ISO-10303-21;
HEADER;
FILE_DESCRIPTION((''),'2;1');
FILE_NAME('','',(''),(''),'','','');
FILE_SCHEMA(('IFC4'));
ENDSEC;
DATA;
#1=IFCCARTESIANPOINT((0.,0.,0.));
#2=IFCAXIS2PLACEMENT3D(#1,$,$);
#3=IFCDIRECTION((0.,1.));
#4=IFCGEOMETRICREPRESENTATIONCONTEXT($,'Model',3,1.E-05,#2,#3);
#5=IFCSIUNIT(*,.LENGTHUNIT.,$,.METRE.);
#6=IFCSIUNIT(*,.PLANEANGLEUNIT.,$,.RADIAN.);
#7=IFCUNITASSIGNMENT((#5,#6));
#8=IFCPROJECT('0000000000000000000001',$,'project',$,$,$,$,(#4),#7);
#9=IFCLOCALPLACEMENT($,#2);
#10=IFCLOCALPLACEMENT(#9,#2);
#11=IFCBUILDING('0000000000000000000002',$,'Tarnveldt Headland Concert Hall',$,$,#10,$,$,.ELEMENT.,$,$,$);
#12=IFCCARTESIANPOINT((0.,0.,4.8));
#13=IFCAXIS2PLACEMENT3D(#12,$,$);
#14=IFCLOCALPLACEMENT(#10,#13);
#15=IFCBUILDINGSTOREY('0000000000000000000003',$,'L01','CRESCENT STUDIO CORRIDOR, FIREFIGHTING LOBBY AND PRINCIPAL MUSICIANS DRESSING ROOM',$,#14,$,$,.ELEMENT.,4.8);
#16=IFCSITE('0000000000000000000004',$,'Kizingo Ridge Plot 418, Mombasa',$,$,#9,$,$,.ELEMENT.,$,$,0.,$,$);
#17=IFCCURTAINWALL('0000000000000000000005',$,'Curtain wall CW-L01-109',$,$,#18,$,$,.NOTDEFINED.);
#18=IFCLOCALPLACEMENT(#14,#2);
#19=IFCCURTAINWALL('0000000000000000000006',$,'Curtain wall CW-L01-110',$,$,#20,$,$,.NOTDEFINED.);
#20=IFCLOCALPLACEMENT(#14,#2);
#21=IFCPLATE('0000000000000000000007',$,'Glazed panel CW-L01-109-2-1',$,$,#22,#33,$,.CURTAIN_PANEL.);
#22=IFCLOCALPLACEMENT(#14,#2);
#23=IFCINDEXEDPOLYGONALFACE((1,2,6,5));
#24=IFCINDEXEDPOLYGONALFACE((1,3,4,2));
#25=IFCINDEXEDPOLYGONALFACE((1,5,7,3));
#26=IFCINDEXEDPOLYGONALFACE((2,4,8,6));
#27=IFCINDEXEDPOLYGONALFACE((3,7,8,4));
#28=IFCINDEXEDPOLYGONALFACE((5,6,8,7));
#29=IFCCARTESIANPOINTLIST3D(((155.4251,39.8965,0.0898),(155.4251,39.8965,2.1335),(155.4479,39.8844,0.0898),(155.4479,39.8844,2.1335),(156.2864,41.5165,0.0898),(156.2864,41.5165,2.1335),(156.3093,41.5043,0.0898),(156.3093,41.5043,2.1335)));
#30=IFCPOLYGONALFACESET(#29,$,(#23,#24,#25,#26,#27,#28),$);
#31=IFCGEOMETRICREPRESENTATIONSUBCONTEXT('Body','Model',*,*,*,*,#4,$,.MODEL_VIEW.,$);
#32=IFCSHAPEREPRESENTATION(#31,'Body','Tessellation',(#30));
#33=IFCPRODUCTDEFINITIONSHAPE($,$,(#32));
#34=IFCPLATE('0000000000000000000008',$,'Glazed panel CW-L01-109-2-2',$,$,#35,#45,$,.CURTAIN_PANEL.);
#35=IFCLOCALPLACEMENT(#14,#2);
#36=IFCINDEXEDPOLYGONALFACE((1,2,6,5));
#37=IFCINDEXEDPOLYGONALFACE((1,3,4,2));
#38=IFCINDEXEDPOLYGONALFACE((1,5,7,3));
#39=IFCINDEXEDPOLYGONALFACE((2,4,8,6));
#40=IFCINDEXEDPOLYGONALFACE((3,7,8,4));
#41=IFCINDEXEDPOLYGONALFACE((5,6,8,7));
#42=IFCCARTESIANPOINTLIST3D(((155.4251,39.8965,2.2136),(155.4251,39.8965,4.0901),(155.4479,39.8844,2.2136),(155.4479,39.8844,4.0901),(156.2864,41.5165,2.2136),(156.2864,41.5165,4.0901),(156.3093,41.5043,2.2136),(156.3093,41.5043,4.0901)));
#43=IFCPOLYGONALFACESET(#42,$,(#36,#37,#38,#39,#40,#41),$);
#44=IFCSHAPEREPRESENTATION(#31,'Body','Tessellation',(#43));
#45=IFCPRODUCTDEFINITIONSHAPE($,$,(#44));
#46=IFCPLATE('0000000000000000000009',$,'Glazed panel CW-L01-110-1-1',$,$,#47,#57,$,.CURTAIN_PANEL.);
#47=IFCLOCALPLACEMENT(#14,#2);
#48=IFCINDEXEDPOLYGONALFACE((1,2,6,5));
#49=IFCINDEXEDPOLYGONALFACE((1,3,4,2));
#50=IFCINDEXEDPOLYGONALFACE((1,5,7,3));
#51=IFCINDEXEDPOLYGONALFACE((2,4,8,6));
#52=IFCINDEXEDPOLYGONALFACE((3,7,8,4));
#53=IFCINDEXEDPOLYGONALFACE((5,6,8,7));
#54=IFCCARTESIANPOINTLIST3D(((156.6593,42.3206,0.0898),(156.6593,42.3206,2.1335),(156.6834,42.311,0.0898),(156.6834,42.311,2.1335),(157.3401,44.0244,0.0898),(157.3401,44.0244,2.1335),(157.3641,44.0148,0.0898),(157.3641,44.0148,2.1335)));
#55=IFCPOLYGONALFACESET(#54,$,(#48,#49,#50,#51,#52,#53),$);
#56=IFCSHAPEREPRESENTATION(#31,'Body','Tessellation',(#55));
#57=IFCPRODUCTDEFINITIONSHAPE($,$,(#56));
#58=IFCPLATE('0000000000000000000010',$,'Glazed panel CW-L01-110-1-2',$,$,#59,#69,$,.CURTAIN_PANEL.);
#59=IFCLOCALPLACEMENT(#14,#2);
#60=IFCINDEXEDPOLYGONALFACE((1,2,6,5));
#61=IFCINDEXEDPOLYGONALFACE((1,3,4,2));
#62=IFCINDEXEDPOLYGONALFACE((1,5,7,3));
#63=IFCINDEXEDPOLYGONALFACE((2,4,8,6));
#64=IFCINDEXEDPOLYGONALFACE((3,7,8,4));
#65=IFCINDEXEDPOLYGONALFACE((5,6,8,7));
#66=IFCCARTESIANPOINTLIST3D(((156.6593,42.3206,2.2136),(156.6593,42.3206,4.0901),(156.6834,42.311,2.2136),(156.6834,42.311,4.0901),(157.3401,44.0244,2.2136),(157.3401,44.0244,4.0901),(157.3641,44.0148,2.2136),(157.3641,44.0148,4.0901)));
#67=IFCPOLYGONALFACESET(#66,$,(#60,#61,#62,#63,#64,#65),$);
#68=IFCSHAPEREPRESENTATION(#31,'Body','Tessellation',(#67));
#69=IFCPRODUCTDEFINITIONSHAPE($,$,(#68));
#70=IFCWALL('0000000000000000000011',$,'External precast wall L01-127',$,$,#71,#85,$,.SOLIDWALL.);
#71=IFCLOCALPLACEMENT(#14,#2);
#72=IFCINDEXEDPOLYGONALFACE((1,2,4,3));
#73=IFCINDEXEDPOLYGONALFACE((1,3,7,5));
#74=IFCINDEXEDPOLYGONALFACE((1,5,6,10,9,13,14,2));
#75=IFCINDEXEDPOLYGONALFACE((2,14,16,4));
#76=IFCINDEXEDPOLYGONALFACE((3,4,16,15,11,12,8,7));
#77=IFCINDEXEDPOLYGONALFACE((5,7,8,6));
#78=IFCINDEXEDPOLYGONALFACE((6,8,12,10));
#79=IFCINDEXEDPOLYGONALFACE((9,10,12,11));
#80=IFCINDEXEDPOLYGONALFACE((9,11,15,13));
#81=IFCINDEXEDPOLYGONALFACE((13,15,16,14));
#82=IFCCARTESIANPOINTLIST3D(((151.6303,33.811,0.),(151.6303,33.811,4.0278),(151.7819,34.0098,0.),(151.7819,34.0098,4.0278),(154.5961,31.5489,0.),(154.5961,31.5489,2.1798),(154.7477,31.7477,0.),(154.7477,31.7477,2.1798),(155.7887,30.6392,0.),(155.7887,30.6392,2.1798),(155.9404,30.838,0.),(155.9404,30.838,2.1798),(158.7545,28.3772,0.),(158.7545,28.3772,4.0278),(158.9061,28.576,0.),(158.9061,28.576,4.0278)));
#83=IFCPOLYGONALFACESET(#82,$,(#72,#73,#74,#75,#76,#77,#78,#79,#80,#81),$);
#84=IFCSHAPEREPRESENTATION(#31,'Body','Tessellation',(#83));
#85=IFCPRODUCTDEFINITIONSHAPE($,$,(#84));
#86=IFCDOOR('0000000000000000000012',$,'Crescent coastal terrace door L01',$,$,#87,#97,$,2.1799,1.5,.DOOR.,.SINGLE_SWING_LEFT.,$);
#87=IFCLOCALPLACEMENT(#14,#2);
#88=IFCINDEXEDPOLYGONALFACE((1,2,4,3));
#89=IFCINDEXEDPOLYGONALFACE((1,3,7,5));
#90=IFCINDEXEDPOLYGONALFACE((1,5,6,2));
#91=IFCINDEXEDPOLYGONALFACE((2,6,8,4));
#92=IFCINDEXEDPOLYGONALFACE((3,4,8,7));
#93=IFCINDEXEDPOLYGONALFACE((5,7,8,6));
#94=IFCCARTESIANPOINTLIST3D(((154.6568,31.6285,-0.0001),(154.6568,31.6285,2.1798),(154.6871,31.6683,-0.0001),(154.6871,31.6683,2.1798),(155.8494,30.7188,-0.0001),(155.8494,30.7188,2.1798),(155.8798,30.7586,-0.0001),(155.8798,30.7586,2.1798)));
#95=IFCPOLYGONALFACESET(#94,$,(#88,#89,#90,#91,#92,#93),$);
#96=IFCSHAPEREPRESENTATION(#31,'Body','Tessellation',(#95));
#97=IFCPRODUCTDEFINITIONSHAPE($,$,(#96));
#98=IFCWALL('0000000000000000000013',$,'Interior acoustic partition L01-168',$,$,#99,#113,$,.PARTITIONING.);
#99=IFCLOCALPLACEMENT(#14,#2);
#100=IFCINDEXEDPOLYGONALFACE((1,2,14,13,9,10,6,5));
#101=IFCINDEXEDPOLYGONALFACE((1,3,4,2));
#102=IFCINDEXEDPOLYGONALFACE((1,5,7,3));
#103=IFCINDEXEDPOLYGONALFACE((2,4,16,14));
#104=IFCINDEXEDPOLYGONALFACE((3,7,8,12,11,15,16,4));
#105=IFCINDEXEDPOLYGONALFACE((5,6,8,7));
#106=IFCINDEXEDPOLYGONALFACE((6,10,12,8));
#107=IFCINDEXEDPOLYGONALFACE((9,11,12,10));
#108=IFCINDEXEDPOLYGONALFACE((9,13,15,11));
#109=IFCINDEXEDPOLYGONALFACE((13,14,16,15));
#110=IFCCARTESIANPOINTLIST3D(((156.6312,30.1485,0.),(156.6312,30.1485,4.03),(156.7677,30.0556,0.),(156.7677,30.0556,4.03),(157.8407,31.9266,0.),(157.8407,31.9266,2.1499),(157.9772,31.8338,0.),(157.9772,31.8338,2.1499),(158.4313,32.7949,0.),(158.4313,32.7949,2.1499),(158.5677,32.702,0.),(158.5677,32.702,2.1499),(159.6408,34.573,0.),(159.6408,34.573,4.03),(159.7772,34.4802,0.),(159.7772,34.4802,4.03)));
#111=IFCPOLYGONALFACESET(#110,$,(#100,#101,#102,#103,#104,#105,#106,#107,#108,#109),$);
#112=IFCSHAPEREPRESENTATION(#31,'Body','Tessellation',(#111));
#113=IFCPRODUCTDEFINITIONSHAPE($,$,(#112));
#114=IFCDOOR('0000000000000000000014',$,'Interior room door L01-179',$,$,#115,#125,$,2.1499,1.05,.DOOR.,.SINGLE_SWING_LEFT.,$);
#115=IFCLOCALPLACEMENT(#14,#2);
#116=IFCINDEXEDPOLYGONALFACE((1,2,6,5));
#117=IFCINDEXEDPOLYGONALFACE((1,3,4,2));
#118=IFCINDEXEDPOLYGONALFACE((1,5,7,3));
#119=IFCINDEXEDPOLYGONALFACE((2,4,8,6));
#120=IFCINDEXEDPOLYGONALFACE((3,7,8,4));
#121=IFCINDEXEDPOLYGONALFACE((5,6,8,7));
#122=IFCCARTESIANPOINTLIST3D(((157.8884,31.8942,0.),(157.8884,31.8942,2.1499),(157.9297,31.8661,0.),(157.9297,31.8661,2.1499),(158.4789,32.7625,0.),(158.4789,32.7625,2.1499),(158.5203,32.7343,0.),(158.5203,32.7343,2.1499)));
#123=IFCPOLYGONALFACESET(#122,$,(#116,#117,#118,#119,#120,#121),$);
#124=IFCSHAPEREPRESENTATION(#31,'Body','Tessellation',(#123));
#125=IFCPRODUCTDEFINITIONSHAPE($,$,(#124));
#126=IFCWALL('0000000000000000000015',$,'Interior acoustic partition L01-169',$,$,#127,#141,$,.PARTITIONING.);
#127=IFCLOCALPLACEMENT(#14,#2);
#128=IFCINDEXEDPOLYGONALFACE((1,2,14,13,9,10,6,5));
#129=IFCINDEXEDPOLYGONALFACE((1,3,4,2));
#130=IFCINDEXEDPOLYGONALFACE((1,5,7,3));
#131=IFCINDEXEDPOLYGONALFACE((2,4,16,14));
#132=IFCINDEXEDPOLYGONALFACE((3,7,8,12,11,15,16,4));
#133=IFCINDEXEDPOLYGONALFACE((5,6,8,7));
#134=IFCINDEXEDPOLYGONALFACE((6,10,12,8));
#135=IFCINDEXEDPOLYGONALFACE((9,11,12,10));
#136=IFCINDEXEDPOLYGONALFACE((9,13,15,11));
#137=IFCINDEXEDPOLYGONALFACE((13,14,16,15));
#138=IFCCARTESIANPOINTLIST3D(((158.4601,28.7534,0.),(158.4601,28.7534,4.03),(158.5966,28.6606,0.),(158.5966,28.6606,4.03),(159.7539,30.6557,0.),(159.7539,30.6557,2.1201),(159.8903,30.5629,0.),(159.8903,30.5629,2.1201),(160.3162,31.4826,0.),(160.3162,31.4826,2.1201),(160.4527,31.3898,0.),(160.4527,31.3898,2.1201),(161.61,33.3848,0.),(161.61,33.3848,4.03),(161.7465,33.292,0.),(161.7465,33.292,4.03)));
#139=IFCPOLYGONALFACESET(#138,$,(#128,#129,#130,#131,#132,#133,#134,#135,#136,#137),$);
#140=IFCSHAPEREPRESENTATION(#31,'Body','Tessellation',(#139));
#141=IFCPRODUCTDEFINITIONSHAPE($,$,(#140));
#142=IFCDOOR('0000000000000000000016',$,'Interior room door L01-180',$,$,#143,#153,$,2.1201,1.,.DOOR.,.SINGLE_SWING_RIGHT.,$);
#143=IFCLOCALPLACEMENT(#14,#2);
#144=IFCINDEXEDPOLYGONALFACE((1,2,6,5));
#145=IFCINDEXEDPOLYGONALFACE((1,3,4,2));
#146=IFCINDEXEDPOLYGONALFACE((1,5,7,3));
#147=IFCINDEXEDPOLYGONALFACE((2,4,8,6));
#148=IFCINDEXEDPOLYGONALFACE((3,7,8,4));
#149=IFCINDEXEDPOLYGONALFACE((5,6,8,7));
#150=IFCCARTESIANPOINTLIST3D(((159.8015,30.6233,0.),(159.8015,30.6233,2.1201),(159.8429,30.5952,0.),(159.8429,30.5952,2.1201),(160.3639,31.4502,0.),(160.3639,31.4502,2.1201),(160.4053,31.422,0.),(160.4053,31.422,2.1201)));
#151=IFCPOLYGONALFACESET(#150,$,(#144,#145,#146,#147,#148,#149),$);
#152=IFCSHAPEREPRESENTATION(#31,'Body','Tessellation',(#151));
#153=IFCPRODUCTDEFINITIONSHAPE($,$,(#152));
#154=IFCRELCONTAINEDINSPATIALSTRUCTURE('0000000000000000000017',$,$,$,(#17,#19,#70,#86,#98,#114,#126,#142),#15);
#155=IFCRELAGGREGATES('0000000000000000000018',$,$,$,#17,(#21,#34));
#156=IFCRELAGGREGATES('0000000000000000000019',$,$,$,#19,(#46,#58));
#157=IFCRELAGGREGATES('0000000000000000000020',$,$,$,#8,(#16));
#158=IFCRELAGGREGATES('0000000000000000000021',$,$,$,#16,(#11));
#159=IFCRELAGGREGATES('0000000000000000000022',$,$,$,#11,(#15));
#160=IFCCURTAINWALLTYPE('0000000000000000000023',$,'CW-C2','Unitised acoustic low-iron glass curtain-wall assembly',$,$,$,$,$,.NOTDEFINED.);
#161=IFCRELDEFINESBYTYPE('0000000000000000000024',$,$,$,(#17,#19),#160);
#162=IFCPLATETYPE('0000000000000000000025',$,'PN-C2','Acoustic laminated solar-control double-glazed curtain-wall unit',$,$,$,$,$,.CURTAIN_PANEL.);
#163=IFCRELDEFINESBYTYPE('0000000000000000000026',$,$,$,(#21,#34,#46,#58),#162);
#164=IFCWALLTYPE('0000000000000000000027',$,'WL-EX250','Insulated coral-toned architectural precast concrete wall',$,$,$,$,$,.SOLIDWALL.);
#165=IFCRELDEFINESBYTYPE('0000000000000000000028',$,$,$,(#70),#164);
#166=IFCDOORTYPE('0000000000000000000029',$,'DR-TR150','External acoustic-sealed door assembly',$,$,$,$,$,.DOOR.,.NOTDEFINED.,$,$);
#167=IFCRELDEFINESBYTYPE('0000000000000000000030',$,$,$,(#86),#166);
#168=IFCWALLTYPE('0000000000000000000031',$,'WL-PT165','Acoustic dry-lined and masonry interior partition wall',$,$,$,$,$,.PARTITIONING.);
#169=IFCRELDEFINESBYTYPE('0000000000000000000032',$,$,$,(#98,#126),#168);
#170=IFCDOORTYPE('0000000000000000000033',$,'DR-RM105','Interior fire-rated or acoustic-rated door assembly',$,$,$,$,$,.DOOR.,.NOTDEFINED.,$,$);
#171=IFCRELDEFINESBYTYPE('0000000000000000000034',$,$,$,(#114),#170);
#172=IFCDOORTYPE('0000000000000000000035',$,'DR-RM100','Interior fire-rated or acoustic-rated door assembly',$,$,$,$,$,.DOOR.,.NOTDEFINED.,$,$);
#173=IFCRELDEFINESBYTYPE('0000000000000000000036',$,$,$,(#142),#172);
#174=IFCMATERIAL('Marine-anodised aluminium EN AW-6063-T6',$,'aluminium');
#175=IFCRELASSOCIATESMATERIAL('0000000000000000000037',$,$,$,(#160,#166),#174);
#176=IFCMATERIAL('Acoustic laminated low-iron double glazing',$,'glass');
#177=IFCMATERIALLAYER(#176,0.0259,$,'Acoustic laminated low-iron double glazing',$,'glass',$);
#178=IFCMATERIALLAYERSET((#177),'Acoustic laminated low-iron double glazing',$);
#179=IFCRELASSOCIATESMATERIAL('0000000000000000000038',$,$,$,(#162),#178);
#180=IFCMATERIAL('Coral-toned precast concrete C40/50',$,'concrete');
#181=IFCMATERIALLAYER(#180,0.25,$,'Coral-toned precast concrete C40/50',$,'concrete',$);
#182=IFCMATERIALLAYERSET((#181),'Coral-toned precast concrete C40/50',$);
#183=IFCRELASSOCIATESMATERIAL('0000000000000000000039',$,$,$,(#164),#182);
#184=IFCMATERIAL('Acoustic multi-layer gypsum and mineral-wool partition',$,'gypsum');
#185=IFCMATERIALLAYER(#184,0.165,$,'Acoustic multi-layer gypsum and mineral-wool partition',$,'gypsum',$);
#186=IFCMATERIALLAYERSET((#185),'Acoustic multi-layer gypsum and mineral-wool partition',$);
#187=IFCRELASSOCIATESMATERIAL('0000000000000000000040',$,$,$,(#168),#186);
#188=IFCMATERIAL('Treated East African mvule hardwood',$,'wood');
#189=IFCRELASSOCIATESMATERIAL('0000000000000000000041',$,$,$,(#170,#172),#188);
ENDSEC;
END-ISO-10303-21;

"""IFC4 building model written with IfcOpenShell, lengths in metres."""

from ifc_helpers import new_model, si_unit, direction, frame, frame_2d, origin, origin_2d, place, context, subcontext, project, spatial, rectangle, extrude, material, layer, layer_set, type_object, element, fill, aggregate, save


model = new_model("IFC4")

# Units and contexts
model_context = context("Model", 3, precision=1e-05, world=origin(), true_north=direction((0.0, 1.0)))
body_context = subcontext(model_context, "Body", "Model", "MODEL_VIEW")
ifc_project = project(units=[si_unit("LENGTHUNIT", "METRE"), si_unit("PLANEANGLEUNIT", "RADIAN")], contexts=[model_context])

# Site, building, storey
site_placement = place(None, origin())
site = spatial("IfcSite", under=ifc_project, at=site_placement, Name="Kizingo Ridge Plot 418, Mombasa", CompositionType="ELEMENT", RefElevation=0.0)
building_placement = place(site_placement, origin())
building = spatial("IfcBuilding", under=site, at=building_placement, Name="Tarnveldt Headland Concert Hall", CompositionType="ELEMENT")
storey_placement = place(building_placement, frame((0.0, 0.0, 4.8)))
storey = spatial("IfcBuildingStorey", under=building, at=storey_placement, Name="L01", Description="CRESCENT STUDIO CORRIDOR, FIREFIGHTING LOBBY AND PRINCIPAL MUSICIANS DRESSING ROOM", CompositionType="ELEMENT", Elevation=4.8)

# Curtain walls
ifc_material_1 = material(Name="Marine-anodised aluminium EN AW-6063-T6", Category="aluminium")
curtain_wall_type = type_object("IfcCurtainWallType", Name="CW-C2", Description="Unitised acoustic low-iron glass curtain-wall assembly", PredefinedType="NOTDEFINED", material=ifc_material_1)
curtain_wall_1_placement = place(storey_placement, origin())
curtain_wall_1 = element("IfcCurtainWall", 1, at=curtain_wall_1_placement, inside=storey, type_object=curtain_wall_type, Name="Curtain wall CW-L01-109", PredefinedType="NOTDEFINED")
curtain_wall_2_placement = place(storey_placement, origin())
curtain_wall_2 = element("IfcCurtainWall", 2, at=curtain_wall_2_placement, inside=storey, type_object=curtain_wall_type, Name="Curtain wall CW-L01-110", PredefinedType="NOTDEFINED")

# Plates
ifc_material_2 = material(Name="Acoustic laminated low-iron double glazing", Category="glass")
ifc_layer_1 = layer(ifc_material_2, 0.0259, Name="Acoustic laminated low-iron double glazing", Category="glass")
ifc_layer_set_1 = layer_set([ifc_layer_1], Name="Acoustic laminated low-iron double glazing")
plate_type = type_object("IfcPlateType", Name="PN-C2", Description="Acoustic laminated solar-control double-glazed curtain-wall unit", PredefinedType="CURTAIN_PANEL", material=ifc_layer_set_1)
plate_1_placement = place(storey_placement, frame((155.8672, 40.7004, 0.0898), z_axis=(0.0, 0.0, 1.0), x_axis=(0.469472, 0.882948, 0.0)))
plate_1 = element("IfcPlate", 3, at=plate_1_placement, type_object=plate_type, Name="Glazed panel CW-L01-109-2-1", PredefinedType="CURTAIN_PANEL", context=body_context, shape_type="SweptSolid", body=[
    extrude(rectangle(XDim=1.8347, YDim=0.0259, at=origin_2d()), origin(), (0.0, 0.0, 1.0), 2.0437),
])
plate_2_placement = place(storey_placement, frame((155.8672, 40.7004, 2.2136), z_axis=(0.0, 0.0, 1.0), x_axis=(0.469472, 0.882948, 0.0)))
plate_2 = element("IfcPlate", 4, at=plate_2_placement, type_object=plate_type, Name="Glazed panel CW-L01-109-2-2", PredefinedType="CURTAIN_PANEL", context=body_context, shape_type="SweptSolid", body=[
    extrude(rectangle(XDim=1.8347, YDim=0.0259, at=origin_2d()), origin(), (0.0, 0.0, 1.0), 1.8765),
])
aggregate(curtain_wall_1, [plate_1, plate_2])
plate_3_placement = place(storey_placement, frame((157.0117, 43.1677, 0.0898), z_axis=(0.0, 0.0, 1.0), x_axis=(0.371028, 0.928622, 0.0)))
plate_3 = element("IfcPlate", 5, at=plate_3_placement, type_object=plate_type, Name="Glazed panel CW-L01-110-1-1", PredefinedType="CURTAIN_PANEL", context=body_context, shape_type="SweptSolid", body=[
    extrude(rectangle(XDim=1.8347, YDim=0.0259, at=origin_2d()), origin(), (0.0, 0.0, 1.0), 2.0437),
])
plate_4_placement = place(storey_placement, frame((157.0117, 43.1677, 2.2136), z_axis=(0.0, 0.0, 1.0), x_axis=(0.371028, 0.928622, 0.0)))
plate_4 = element("IfcPlate", 6, at=plate_4_placement, type_object=plate_type, Name="Glazed panel CW-L01-110-1-2", PredefinedType="CURTAIN_PANEL", context=body_context, shape_type="SweptSolid", body=[
    extrude(rectangle(XDim=1.8347, YDim=0.0259, at=origin_2d()), origin(), (0.0, 0.0, 1.0), 1.8765),
])
aggregate(curtain_wall_2, [plate_3, plate_4])

# Walls, openings, doors
ifc_material_3 = material(Name="Coral-toned precast concrete C40/50", Category="concrete")
ifc_layer_2 = layer(ifc_material_3, 0.25, Name="Coral-toned precast concrete C40/50", Category="concrete")
ifc_layer_set_2 = layer_set([ifc_layer_2], Name="Coral-toned precast concrete C40/50")
wall_type_1 = type_object("IfcWallType", Name="WL-EX250", Description="Insulated coral-toned architectural precast concrete wall", PredefinedType="SOLIDWALL", material=ifc_layer_set_2)
wall_1_placement = place(storey_placement, frame((158.8303, 28.4766, 0.0), z_axis=(0.0, 0.0, 1.0), x_axis=(-0.795118, 0.606454, 0.0)))
wall_1 = element("IfcWall", 7, at=wall_1_placement, inside=storey, type_object=wall_type_1, Name="External precast wall L01-127", PredefinedType="SOLIDWALL", context=body_context, shape_type="SweptSolid", body=[
    extrude(rectangle(XDim=8.96, YDim=0.25, at=frame_2d((4.48, 0.0))), origin(), (0.0, 0.0, 1.0), 4.0278),
])
opening_1_placement = place(wall_1_placement, frame((3.73, 0.0, 0.0)))
opening_1 = element("IfcOpeningElement", 8, at=opening_1_placement, cuts=wall_1, PredefinedType="OPENING", context=body_context, shape_type="SweptSolid", body=[
    extrude(rectangle(XDim=1.5, YDim=2.1799, at=frame_2d((0.75, 1.0898))), frame((0.0, 0.135, 0.0), z_axis=(0.0, -1.0, 0.0), x_axis=(1.0, 0.0, 0.0)), (0.0, 0.0, 1.0), 0.27),
])
door_type_1 = type_object("IfcDoorType", Name="DR-TR150", Description="External acoustic-sealed door assembly", OperationType="NOTDEFINED", PredefinedType="DOOR", material=ifc_material_1)
door_1_placement = place(opening_1_placement, origin())
door_1 = element("IfcDoor", 9, at=door_1_placement, inside=storey, type_object=door_type_1, Name="Crescent coastal terrace door L01", OperationType="SINGLE_SWING_LEFT", OverallHeight=2.1799, OverallWidth=1.5, PredefinedType="DOOR", context=body_context, shape_type="SweptSolid", body=[
    extrude(rectangle(XDim=1.5, YDim=2.1799, at=frame_2d((0.75, 1.0898))), frame((0.0, 0.0249, 0.0), z_axis=(0.0, -1.0, 0.0), x_axis=(1.0, 0.0, 0.0)), (0.0, 0.0, 1.0), 0.05),
])
fill(opening_1, door_1)
ifc_material_4 = material(Name="Acoustic multi-layer gypsum and mineral-wool partition", Category="gypsum")
ifc_layer_3 = layer(ifc_material_4, 0.165, Name="Acoustic multi-layer gypsum and mineral-wool partition", Category="gypsum")
ifc_layer_set_3 = layer_set([ifc_layer_3], Name="Acoustic multi-layer gypsum and mineral-wool partition")
wall_type_2 = type_object("IfcWallType", Name="WL-PT165", Description="Acoustic dry-lined and masonry interior partition wall", PredefinedType="PARTITIONING", material=ifc_layer_set_3)
wall_2_placement = place(storey_placement, frame((156.6995, 30.1021, 0.0), z_axis=(0.0, 0.0, 1.0), x_axis=(0.562415, 0.826855, 0.0)))
wall_2 = element("IfcWall", 10, at=wall_2_placement, inside=storey, type_object=wall_type_2, Name="Interior acoustic partition L01-168", PredefinedType="PARTITIONING", context=body_context, shape_type="SweptSolid", body=[
    extrude(rectangle(XDim=5.3511, YDim=0.165, at=frame_2d((2.6755, 0.0))), origin(), (0.0, 0.0, 1.0), 4.03),
])
opening_2_placement = place(wall_2_placement, frame((2.1506, 0.0, 0.0)))
opening_2 = element("IfcOpeningElement", 11, at=opening_2_placement, cuts=wall_2, PredefinedType="OPENING", context=body_context, shape_type="SweptSolid", body=[
    extrude(rectangle(XDim=1.05, YDim=2.1499, at=frame_2d((0.5249, 1.075))), frame((0.0, 0.0925, 0.0), z_axis=(0.0, -1.0, 0.0), x_axis=(1.0, 0.0, 0.0)), (0.0, 0.0, 1.0), 0.1851),
])
ifc_material_5 = material(Name="Treated East African mvule hardwood", Category="wood")
door_type_2 = type_object("IfcDoorType", Name="DR-RM105", Description="Interior fire-rated or acoustic-rated door assembly", OperationType="NOTDEFINED", PredefinedType="DOOR", material=ifc_material_5)
door_2_placement = place(opening_2_placement, origin())
door_2 = element("IfcDoor", 12, at=door_2_placement, inside=storey, type_object=door_type_2, Name="Interior room door L01-179", OperationType="SINGLE_SWING_LEFT", OverallHeight=2.1499, OverallWidth=1.05, PredefinedType="DOOR", context=body_context, shape_type="SweptSolid", body=[
    extrude(rectangle(XDim=1.05, YDim=2.1499, at=frame_2d((0.5249, 1.075))), frame((0.0, 0.0249, 0.0), z_axis=(0.0, -1.0, 0.0), x_axis=(1.0, 0.0, 0.0)), (0.0, 0.0, 1.0), 0.05),
])
fill(opening_2, door_2)
wall_3_placement = place(storey_placement, frame((158.5283, 28.707, 0.0), z_axis=(0.0, 0.0, 1.0), x_axis=(0.562382, 0.826878, 0.0)))
wall_3 = element("IfcWall", 13, at=wall_3_placement, inside=storey, type_object=wall_type_2, Name="Interior acoustic partition L01-169", PredefinedType="PARTITIONING", context=body_context, shape_type="SweptSolid", body=[
    extrude(rectangle(XDim=5.6011, YDim=0.165, at=frame_2d((2.8005, 0.0))), origin(), (0.0, 0.0, 1.0), 4.03),
])
opening_3_placement = place(wall_3_placement, frame((2.3005, 0.0, 0.0)))
opening_3 = element("IfcOpeningElement", 14, at=opening_3_placement, cuts=wall_3, PredefinedType="OPENING", context=body_context, shape_type="SweptSolid", body=[
    extrude(rectangle(XDim=1.0, YDim=2.1201, at=frame_2d((0.5, 1.0601))), frame((0.0, 0.0925, 0.0), z_axis=(0.0, -1.0, 0.0), x_axis=(1.0, 0.0, 0.0)), (0.0, 0.0, 1.0), 0.1851),
])
door_type_3 = type_object("IfcDoorType", Name="DR-RM100", Description="Interior fire-rated or acoustic-rated door assembly", OperationType="NOTDEFINED", PredefinedType="DOOR", material=ifc_material_5)
door_3_placement = place(opening_3_placement, origin())
door_3 = element("IfcDoor", 15, at=door_3_placement, inside=storey, type_object=door_type_3, Name="Interior room door L01-180", OperationType="SINGLE_SWING_RIGHT", OverallHeight=2.1201, OverallWidth=1.0, PredefinedType="DOOR", context=body_context, shape_type="SweptSolid", body=[
    extrude(rectangle(XDim=1.0, YDim=2.1201, at=frame_2d((0.5, 1.0601))), frame((0.0, 0.0249, 0.0), z_axis=(0.0, -1.0, 0.0), x_axis=(1.0, 0.0, 0.0)), (0.0, 0.0, 1.0), 0.05),
])
fill(opening_3, door_3)

save(model, "model.ifc")
